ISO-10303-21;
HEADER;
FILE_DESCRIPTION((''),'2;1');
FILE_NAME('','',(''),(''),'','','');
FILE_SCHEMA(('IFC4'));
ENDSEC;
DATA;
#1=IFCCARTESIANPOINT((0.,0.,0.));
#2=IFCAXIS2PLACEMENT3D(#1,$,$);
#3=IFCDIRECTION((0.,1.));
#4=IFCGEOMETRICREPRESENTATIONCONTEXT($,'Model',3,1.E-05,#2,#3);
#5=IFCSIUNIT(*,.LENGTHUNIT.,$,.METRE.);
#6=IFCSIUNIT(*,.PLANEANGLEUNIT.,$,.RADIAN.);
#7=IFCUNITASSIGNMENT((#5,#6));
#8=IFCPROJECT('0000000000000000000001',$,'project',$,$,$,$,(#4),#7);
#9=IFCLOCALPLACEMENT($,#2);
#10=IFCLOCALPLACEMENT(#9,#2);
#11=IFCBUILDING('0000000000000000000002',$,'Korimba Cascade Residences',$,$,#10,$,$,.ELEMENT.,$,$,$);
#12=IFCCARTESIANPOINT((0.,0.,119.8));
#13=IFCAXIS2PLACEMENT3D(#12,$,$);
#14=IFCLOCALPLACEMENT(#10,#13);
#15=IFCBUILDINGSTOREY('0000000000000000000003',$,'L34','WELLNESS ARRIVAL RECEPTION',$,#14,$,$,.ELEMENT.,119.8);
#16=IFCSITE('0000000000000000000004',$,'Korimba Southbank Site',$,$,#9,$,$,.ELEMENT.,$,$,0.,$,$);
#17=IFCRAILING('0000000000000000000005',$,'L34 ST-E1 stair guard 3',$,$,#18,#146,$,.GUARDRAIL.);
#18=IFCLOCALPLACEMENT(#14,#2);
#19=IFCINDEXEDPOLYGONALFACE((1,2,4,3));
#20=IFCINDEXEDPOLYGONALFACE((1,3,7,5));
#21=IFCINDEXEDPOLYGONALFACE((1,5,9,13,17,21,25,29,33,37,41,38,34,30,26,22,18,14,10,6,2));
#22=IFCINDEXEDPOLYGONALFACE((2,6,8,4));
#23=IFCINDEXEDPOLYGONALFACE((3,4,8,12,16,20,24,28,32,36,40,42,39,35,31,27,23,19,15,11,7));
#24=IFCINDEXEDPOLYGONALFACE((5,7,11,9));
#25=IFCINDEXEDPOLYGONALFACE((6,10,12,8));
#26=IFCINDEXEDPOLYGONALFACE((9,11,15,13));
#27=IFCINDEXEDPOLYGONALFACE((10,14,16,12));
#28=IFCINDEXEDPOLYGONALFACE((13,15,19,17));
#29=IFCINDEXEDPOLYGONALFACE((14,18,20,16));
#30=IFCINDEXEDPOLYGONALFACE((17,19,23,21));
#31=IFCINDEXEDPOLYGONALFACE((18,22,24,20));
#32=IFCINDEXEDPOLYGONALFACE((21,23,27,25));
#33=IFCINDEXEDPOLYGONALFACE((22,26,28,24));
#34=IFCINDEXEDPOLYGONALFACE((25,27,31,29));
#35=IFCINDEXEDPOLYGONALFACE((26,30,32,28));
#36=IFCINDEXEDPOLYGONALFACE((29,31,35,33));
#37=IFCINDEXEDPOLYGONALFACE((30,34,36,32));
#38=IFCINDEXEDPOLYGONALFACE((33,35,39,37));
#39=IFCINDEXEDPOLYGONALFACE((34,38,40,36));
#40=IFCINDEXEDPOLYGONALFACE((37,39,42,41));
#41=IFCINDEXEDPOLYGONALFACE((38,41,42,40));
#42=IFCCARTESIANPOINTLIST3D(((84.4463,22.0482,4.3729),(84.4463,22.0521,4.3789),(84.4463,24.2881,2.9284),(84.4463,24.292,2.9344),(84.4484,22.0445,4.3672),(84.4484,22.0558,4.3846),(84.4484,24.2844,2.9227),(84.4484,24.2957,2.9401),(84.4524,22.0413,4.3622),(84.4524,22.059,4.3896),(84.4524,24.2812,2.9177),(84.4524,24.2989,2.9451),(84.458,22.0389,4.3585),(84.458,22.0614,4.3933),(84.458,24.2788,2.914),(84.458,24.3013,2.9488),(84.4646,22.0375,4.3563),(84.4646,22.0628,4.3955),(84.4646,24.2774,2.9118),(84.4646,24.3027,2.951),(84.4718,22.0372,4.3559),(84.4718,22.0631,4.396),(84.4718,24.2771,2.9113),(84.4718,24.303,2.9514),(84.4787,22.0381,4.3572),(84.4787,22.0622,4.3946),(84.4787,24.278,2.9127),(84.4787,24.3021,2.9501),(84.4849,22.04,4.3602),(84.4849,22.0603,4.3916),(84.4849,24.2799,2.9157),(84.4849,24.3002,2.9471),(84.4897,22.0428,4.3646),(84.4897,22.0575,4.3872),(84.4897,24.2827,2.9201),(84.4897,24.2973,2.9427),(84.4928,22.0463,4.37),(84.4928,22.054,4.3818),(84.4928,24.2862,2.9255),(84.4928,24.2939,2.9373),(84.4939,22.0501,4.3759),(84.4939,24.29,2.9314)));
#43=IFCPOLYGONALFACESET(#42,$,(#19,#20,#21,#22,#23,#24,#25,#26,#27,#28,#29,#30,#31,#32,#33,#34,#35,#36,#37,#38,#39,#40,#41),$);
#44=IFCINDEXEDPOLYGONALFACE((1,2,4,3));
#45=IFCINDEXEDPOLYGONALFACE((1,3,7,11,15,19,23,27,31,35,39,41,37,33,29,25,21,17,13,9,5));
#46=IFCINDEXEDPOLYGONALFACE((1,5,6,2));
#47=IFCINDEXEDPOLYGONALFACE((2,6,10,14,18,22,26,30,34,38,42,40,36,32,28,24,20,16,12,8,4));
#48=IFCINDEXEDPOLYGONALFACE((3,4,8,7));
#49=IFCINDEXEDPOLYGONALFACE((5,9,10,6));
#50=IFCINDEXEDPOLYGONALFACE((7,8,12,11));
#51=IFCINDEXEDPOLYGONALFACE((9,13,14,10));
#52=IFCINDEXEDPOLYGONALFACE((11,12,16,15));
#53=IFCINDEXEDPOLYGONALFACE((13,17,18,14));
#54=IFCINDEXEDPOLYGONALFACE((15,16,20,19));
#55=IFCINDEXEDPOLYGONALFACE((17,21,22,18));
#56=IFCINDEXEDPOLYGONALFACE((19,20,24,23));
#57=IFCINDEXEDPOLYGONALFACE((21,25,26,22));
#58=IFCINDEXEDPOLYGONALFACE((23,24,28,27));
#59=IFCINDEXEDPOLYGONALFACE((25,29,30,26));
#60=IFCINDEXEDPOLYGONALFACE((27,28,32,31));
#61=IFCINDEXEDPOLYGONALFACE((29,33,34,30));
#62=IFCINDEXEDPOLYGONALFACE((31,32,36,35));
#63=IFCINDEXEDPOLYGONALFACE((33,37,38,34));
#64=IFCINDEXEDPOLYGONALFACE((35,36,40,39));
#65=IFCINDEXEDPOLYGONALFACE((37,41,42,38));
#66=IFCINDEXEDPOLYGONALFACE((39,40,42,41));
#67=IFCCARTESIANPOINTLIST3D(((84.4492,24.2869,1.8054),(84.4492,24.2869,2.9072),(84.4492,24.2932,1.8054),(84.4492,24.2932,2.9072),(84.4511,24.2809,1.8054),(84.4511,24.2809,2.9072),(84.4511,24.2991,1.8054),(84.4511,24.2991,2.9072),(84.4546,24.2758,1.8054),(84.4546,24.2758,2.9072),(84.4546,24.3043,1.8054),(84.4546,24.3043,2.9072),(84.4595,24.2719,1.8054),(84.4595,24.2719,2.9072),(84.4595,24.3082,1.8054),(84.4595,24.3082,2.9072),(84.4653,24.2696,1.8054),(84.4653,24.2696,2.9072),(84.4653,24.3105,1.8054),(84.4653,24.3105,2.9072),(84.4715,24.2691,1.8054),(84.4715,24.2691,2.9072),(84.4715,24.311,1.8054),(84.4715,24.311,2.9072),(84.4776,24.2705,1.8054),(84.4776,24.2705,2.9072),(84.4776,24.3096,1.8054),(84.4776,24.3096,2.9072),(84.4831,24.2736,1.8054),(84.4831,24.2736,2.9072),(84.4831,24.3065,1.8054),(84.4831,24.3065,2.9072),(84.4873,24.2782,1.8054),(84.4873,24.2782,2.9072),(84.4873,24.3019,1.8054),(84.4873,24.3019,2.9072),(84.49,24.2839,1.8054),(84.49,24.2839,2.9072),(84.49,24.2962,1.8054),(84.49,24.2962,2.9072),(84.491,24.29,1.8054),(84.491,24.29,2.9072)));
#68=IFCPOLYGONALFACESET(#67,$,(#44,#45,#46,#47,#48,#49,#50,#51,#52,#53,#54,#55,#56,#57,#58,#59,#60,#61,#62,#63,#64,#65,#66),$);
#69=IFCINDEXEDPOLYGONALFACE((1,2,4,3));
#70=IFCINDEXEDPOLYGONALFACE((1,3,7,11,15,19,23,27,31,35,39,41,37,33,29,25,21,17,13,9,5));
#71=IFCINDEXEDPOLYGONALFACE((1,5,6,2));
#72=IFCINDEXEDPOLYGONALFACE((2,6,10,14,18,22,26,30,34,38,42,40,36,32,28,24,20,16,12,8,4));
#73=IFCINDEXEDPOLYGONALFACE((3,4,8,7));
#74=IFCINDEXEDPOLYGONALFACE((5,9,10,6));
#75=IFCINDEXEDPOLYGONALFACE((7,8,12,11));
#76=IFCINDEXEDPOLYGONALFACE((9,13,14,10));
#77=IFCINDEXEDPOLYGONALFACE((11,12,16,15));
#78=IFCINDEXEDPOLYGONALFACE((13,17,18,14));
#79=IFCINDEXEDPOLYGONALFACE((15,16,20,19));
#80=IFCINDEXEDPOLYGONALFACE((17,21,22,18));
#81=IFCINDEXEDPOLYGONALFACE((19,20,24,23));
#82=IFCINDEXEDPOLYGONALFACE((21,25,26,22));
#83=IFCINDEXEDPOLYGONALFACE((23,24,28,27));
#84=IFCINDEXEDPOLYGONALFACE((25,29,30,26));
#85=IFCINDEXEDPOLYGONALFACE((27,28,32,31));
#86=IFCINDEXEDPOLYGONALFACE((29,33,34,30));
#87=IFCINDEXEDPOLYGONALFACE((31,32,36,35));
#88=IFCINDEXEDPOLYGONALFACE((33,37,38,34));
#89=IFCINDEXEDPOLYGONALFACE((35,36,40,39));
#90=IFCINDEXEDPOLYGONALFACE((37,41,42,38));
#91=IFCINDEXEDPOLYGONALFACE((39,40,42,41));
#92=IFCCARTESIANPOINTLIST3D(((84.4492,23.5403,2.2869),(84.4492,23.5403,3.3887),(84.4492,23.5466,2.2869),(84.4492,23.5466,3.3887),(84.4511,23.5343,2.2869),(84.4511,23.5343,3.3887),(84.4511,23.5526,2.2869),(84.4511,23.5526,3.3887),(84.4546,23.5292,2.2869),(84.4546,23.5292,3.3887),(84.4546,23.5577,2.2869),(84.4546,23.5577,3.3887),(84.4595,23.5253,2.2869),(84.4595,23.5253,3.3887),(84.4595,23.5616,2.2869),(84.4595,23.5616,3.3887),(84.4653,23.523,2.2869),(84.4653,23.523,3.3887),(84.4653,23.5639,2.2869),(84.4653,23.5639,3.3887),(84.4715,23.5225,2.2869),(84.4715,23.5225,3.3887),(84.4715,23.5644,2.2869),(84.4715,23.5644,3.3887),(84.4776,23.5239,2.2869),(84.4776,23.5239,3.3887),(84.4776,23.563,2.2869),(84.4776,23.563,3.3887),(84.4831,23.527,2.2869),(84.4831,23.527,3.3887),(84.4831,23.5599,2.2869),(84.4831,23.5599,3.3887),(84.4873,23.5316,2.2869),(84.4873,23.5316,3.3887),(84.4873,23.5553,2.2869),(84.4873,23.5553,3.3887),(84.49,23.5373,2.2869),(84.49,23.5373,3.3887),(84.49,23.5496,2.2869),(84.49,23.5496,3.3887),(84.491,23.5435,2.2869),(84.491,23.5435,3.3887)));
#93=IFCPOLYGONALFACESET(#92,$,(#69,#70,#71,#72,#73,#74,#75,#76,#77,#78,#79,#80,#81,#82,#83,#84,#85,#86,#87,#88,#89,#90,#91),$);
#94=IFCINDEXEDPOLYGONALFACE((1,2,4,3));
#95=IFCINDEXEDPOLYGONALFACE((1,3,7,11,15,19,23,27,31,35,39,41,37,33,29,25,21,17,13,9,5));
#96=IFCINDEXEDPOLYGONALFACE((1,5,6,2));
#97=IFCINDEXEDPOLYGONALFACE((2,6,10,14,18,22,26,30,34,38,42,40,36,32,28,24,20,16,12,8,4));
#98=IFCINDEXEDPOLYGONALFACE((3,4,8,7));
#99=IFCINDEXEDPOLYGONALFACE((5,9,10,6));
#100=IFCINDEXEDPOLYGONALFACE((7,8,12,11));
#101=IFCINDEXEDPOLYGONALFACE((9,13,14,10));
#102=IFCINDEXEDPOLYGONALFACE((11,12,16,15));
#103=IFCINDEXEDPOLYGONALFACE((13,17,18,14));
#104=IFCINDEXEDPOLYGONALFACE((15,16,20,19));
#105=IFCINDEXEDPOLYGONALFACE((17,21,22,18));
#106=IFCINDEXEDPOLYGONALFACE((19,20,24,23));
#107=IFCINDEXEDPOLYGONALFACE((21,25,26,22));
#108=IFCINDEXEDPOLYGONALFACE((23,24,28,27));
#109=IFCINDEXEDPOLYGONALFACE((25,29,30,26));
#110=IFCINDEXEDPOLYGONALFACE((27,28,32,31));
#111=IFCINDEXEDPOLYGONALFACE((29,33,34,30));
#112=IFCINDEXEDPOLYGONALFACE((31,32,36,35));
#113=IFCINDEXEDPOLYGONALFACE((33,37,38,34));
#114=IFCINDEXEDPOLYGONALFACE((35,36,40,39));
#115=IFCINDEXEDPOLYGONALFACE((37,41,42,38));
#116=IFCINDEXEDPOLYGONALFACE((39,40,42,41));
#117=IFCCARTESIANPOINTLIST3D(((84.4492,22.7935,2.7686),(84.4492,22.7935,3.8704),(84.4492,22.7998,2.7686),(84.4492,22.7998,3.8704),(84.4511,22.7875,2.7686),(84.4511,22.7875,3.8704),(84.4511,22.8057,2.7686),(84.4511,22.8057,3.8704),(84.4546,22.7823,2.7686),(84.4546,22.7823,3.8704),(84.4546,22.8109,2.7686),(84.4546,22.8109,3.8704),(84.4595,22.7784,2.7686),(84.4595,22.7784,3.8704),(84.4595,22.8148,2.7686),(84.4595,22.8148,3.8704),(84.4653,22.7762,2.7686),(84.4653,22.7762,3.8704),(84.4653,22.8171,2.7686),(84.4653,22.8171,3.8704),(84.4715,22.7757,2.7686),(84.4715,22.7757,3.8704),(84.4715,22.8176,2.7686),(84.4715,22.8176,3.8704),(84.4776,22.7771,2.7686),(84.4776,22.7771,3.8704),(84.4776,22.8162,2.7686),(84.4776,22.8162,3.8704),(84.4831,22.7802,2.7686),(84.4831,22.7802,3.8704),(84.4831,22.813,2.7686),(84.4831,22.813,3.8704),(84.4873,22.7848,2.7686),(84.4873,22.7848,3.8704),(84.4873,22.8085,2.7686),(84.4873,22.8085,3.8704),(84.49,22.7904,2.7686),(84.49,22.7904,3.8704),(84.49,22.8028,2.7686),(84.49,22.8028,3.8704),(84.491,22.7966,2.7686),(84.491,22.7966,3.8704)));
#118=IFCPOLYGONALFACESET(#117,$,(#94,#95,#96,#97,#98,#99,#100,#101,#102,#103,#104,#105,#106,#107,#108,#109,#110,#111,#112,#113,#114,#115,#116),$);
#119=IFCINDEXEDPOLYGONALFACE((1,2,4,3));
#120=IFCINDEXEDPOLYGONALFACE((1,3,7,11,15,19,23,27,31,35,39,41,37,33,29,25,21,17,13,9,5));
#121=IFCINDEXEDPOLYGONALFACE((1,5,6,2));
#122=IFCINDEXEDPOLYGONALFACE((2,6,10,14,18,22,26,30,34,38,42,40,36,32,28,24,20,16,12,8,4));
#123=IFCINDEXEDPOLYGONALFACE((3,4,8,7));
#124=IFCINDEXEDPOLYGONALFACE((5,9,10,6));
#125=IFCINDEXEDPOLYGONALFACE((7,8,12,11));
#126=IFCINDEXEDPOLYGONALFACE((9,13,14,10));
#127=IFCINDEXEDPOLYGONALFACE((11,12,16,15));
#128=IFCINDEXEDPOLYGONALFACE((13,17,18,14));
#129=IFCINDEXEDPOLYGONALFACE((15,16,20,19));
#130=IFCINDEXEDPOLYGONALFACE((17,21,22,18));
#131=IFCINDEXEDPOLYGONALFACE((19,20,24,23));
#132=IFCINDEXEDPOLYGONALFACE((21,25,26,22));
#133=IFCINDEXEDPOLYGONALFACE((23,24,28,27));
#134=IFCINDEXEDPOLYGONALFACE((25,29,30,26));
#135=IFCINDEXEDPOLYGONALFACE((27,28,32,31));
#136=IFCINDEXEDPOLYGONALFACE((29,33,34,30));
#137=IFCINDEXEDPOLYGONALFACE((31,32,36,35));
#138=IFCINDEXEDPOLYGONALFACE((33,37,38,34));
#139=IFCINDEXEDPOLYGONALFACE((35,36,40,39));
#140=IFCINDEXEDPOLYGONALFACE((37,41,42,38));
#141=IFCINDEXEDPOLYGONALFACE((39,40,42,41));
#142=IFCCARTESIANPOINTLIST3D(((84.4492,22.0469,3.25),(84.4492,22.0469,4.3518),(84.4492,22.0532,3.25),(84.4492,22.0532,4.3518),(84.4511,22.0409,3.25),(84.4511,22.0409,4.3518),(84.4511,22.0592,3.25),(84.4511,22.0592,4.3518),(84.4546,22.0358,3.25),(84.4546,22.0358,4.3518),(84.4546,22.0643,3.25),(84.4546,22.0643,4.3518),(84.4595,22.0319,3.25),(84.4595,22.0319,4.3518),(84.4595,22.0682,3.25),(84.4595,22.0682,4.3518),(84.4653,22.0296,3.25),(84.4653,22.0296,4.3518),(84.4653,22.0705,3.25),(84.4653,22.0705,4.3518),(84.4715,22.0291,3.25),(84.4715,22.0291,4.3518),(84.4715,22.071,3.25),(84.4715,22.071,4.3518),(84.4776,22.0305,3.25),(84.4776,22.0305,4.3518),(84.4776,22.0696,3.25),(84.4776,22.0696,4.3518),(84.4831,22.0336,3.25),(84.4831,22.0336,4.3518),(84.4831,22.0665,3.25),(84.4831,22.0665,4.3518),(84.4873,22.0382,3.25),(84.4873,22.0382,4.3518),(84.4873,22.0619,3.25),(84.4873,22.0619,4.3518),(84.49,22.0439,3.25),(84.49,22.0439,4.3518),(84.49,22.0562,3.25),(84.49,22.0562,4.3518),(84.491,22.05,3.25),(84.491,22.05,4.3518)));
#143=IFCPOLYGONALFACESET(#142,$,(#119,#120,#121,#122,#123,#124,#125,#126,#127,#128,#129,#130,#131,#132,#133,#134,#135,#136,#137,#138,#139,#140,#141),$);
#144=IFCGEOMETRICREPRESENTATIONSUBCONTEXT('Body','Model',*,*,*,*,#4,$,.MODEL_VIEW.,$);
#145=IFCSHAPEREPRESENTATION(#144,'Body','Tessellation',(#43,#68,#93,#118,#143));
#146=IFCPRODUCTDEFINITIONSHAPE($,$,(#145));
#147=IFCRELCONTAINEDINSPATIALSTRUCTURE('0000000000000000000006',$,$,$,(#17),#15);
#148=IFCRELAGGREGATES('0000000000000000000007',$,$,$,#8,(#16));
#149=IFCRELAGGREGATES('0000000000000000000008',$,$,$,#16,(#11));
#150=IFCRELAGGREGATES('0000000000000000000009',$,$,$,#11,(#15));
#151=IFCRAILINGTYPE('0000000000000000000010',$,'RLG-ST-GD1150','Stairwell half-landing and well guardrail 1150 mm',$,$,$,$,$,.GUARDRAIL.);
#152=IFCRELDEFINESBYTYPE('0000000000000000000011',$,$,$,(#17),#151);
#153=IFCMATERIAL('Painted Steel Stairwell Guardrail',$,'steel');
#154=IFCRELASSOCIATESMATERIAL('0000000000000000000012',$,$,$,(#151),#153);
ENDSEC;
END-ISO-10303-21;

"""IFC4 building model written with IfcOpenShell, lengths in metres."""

from ifc_helpers import new_model, si_unit, direction, frame, origin, origin_2d, place, context, subcontext, project, spatial, circle, extrude, material, type_object, element, save


model = new_model("IFC4")

# Units and contexts
model_context = context("Model", 3, precision=1e-05, world=origin(), true_north=direction((0.0, 1.0)))
body_context = subcontext(model_context, "Body", "Model", "MODEL_VIEW")
ifc_project = project(units=[si_unit("LENGTHUNIT", "METRE"), si_unit("PLANEANGLEUNIT", "RADIAN")], contexts=[model_context])

# Site, building, storey
site_placement = place(None, origin())
site = spatial("IfcSite", under=ifc_project, at=site_placement, Name="Korimba Southbank Site", CompositionType="ELEMENT", RefElevation=0.0)
building_placement = place(site_placement, origin())
building = spatial("IfcBuilding", under=site, at=building_placement, Name="Korimba Cascade Residences", CompositionType="ELEMENT")
storey_placement = place(building_placement, frame((0.0, 0.0, 119.8)))
storey = spatial("IfcBuildingStorey", under=building, at=storey_placement, Name="L34", Description="WELLNESS ARRIVAL RECEPTION", CompositionType="ELEMENT", Elevation=119.8)

# Railing
ifc_material_1 = material(Name="Painted Steel Stairwell Guardrail", Category="steel")
railing_type_1 = type_object("IfcRailingType", Name="RLG-ST-GD1150", Description="Stairwell half-landing and well guardrail 1150 mm", PredefinedType="GUARDRAIL", material=ifc_material_1)
railing_1_placement = place(storey_placement, frame((84.47, 24.29, 1.8054)))
element("IfcRailing", 1, at=railing_1_placement, inside=storey, type_object=railing_type_1, Name="L34 ST-E1 stair guard 3", PredefinedType="GUARDRAIL", context=body_context, shape_type="SweptSolid", body=[
    extrude(circle(Radius=0.0239, at=origin_2d()), frame((0.0, 0.0, 1.126), z_axis=(0.0, -0.840395, 0.541975), x_axis=(1.0, 0.0, 0.0)), (0.0, 0.0, 1.0), 2.6653),
    extrude(circle(Radius=0.021, at=origin_2d()), origin(), (0.0, 0.0, 1.0), 1.1018),
    extrude(circle(Radius=0.021, at=origin_2d()), frame((0.0, -0.7466, 0.4814)), (0.0, 0.0, 1.0), 1.1018),
    extrude(circle(Radius=0.021, at=origin_2d()), frame((0.0, -1.4934, 0.9631)), (0.0, 0.0, 1.0), 1.1018),
    extrude(circle(Radius=0.021, at=origin_2d()), frame((0.0, -2.24, 1.4446)), (0.0, 0.0, 1.0), 1.1018),
])

save(model, "model.ifc")
